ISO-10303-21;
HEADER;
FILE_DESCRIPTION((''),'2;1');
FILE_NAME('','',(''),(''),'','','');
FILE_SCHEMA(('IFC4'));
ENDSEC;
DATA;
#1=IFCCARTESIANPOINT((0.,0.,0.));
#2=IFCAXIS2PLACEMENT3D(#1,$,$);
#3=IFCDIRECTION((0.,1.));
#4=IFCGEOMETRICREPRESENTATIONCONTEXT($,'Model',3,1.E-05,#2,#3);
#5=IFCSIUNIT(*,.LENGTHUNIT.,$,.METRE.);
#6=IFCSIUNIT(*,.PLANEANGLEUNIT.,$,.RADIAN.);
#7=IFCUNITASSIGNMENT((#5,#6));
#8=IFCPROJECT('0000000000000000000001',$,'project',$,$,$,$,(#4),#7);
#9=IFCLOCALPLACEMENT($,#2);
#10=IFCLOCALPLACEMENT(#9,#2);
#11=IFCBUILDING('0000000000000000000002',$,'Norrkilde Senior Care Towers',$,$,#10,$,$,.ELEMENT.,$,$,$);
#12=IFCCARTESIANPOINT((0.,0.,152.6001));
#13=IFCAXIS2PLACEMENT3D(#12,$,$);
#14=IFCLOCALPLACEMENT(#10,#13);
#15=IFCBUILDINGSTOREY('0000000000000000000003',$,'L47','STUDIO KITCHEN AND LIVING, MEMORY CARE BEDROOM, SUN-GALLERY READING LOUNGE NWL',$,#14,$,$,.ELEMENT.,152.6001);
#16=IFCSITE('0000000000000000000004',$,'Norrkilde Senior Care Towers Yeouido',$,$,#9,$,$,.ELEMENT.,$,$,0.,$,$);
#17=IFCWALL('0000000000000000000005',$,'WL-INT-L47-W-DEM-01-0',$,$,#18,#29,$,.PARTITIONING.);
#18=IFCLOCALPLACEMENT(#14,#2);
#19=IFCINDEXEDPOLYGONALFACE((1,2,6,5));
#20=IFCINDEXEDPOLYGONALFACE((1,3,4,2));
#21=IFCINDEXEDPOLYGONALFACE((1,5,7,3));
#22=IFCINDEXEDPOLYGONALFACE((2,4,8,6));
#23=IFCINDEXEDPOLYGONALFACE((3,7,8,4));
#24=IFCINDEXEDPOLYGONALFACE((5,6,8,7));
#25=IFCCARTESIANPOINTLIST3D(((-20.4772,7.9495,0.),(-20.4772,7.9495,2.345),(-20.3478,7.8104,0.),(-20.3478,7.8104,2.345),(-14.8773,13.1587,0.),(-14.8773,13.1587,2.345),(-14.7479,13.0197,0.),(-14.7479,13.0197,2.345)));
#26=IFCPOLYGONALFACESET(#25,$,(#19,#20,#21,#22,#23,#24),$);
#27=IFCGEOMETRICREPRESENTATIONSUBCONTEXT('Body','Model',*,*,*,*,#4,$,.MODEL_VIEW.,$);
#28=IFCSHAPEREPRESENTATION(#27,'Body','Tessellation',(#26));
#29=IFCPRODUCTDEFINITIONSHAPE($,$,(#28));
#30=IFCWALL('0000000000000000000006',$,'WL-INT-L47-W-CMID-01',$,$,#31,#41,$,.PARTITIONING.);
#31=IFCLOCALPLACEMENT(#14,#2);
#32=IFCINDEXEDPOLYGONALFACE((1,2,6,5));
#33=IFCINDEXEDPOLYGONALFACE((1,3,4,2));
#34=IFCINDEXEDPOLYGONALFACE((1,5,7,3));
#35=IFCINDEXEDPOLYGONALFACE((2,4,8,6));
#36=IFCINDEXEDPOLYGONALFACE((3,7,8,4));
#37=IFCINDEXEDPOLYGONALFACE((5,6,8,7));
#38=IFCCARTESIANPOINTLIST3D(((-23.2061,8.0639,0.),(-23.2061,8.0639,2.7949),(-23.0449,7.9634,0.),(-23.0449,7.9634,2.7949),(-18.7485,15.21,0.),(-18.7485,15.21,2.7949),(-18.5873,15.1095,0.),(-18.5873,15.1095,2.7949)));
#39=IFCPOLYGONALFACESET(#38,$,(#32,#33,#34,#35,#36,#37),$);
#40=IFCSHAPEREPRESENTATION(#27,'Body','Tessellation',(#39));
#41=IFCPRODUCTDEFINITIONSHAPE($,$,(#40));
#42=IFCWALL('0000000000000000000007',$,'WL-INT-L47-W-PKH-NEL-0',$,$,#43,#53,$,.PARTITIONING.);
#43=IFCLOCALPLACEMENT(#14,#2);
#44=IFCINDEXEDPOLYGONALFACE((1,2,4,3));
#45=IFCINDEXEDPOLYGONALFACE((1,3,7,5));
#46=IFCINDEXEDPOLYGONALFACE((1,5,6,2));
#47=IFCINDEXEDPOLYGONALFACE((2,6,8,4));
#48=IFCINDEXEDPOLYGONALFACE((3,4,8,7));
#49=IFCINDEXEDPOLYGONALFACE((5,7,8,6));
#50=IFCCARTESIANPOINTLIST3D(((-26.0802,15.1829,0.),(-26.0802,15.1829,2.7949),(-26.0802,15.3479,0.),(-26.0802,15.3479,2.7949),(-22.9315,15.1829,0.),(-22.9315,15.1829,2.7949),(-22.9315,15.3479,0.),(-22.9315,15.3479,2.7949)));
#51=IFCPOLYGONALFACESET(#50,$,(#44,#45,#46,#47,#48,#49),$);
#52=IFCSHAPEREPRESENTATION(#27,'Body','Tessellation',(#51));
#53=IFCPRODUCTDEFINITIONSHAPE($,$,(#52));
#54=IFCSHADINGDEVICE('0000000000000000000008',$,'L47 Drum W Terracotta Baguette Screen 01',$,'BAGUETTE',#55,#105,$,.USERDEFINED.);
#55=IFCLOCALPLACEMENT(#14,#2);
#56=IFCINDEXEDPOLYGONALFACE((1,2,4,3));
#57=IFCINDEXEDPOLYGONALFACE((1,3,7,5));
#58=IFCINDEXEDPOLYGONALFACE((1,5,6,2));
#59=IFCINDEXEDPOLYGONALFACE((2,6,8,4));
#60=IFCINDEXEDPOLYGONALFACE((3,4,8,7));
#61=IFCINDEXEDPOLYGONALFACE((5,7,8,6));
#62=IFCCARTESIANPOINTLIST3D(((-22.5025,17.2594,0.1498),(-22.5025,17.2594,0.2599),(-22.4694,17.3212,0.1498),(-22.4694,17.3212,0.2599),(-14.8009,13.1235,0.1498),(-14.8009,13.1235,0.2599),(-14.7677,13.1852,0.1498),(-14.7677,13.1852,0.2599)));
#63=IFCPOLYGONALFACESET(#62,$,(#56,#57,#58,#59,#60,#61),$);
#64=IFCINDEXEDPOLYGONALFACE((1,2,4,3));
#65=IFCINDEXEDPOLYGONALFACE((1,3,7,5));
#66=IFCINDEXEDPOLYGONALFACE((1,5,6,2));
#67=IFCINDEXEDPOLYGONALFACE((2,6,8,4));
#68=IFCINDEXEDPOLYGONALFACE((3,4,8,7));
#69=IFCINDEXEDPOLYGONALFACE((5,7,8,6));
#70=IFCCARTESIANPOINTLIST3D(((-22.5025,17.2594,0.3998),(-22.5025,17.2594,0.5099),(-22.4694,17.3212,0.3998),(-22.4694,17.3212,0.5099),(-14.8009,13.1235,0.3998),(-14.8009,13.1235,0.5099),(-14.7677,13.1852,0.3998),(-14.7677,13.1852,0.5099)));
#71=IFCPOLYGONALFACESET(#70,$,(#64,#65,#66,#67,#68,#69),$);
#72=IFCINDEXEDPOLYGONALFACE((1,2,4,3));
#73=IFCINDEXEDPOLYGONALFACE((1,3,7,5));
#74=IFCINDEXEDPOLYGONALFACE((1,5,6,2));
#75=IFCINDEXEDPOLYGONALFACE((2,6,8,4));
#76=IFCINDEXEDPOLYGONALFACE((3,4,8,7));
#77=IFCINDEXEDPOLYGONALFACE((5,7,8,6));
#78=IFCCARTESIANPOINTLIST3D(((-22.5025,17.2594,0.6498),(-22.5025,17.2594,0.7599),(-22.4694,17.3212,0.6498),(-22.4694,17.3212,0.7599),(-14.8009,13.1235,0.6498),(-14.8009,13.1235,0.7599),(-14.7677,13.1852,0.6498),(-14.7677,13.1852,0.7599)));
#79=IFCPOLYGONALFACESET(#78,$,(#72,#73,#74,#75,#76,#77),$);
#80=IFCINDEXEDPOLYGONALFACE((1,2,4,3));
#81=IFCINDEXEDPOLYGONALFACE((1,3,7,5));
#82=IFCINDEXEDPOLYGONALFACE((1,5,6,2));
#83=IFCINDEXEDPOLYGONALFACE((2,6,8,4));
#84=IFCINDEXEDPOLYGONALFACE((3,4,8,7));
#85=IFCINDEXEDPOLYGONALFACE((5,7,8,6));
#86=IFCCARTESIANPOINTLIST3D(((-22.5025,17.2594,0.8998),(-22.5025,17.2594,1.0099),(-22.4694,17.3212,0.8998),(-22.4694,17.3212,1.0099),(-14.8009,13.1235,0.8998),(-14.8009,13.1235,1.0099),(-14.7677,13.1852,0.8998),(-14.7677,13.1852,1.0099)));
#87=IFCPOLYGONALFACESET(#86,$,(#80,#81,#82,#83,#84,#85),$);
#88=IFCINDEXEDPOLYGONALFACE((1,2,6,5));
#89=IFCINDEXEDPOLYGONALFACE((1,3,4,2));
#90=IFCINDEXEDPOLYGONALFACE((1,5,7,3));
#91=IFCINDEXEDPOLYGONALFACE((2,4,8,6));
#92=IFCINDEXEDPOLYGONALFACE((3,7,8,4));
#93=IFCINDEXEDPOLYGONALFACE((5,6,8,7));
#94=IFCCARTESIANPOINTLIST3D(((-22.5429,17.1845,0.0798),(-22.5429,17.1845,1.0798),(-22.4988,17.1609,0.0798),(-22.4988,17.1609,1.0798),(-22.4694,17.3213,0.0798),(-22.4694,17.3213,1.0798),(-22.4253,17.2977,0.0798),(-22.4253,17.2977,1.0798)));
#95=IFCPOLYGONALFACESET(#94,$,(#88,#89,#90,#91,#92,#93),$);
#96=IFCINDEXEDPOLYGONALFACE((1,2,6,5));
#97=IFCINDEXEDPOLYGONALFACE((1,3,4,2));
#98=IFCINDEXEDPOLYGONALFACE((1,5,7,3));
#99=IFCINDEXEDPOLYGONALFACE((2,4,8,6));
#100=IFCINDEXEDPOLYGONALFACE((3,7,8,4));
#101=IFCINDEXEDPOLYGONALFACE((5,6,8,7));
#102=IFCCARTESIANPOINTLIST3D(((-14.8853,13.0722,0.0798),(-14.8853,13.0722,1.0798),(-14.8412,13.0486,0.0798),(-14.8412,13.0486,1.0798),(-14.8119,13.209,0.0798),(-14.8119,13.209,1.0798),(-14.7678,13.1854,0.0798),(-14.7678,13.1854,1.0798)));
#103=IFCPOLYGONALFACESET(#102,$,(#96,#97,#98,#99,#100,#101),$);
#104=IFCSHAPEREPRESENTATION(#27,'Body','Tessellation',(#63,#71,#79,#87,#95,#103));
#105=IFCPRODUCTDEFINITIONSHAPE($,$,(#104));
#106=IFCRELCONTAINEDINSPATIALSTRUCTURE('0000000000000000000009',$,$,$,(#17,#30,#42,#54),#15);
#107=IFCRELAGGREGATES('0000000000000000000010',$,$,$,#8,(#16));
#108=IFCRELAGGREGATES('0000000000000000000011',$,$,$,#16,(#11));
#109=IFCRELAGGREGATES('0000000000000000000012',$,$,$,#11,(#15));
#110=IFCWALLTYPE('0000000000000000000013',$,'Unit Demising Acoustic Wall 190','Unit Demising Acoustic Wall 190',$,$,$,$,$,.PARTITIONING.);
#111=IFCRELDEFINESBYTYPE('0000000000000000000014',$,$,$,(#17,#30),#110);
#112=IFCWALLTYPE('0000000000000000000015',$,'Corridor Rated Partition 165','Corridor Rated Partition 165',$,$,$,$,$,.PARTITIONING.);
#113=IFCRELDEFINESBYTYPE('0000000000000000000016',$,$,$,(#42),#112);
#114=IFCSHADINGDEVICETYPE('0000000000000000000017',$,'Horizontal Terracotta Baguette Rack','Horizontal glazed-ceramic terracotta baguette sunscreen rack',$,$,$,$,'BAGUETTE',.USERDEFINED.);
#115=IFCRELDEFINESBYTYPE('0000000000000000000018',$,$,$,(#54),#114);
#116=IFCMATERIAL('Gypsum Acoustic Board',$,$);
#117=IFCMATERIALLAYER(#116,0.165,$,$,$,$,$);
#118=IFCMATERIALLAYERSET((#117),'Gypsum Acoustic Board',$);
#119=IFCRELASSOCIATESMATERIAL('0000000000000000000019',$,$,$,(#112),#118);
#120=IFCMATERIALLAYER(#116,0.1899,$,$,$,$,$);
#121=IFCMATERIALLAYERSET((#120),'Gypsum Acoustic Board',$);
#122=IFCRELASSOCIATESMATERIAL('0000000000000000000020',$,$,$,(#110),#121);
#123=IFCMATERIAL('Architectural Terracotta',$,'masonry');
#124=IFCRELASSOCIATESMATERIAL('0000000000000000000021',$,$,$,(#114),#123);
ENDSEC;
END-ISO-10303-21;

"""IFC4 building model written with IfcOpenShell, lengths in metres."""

from ifc_helpers import new_model, si_unit, direction, frame, frame_2d, origin, origin_2d, place, context, subcontext, project, spatial, rectangle, extrude, source, transform, mapped, material, layer, layer_set, type_object, type_shapes, element, save


model = new_model("IFC4")

# Units and contexts
model_context = context("Model", 3, precision=1e-05, world=origin(), true_north=direction((0.0, 1.0)))
body_context = subcontext(model_context, "Body", "Model", "MODEL_VIEW")
ifc_project = project(units=[si_unit("LENGTHUNIT", "METRE"), si_unit("PLANEANGLEUNIT", "RADIAN")], contexts=[model_context])

# Site, building, storey
site_placement = place(None, origin())
site = spatial("IfcSite", under=ifc_project, at=site_placement, Name="Norrkilde Senior Care Towers Yeouido", CompositionType="ELEMENT", RefElevation=0.0)
building_placement = place(site_placement, origin())
building = spatial("IfcBuilding", under=site, at=building_placement, Name="Norrkilde Senior Care Towers", CompositionType="ELEMENT")
storey_placement = place(building_placement, frame((0.0, 0.0, 152.6001)))
storey = spatial("IfcBuildingStorey", under=building, at=storey_placement, Name="L47", Description="STUDIO KITCHEN AND LIVING, MEMORY CARE BEDROOM, SUN-GALLERY READING LOUNGE NWL", CompositionType="ELEMENT", Elevation=152.6001)

# Walls
ifc_material_1 = material(Name="Gypsum Acoustic Board")
ifc_layer_1 = layer(ifc_material_1, 0.165)
ifc_layer_set_1 = layer_set([ifc_layer_1], Name="Gypsum Acoustic Board")
wall_type_1 = type_object("IfcWallType", Name="Corridor Rated Partition 165", Description="Corridor Rated Partition 165", PredefinedType="PARTITIONING", material=ifc_layer_set_1)
ifc_layer_2 = layer(ifc_material_1, 0.1899)
ifc_layer_set_2 = layer_set([ifc_layer_2], Name="Gypsum Acoustic Board")
wall_type_2 = type_object("IfcWallType", Name="Unit Demising Acoustic Wall 190", Description="Unit Demising Acoustic Wall 190", PredefinedType="PARTITIONING", material=ifc_layer_set_2)
shared_shape_1 = source(origin(), body_context, "Body", "SweptSolid", [
    extrude(rectangle(XDim=7.6482, YDim=0.1899, at=frame_2d((3.8242, 0.0))), origin(), (0.0, 0.0, 1.0), 2.345),
])
wall_1_placement = place(storey_placement, frame((-20.4126, 7.8799, 0.0), z_axis=(0.0, 0.0, 1.0), x_axis=(0.732183, 0.681108, 0.0)))
element("IfcWall", 1, at=wall_1_placement, inside=storey, type_object=wall_type_2, Name="WL-INT-L47-W-DEM-01-0", PredefinedType="PARTITIONING", context=body_context, shape_type="MappedRepresentation", body=[
    mapped(shared_shape_1, transform((0.0, 0.0, 0.0), x_axis=(1.0, 0.0, 0.0), y_axis=(0.0, 1.0, 0.0), z_axis=(0.0, 0.0, 1.0), scale=1.0)),
])
shared_shape_2 = source(origin(), body_context, "Body", "SweptSolid", [
    extrude(rectangle(XDim=8.4224, YDim=0.1899, at=frame_2d((4.2112, 0.0))), origin(), (0.0, 0.0, 1.0), 2.7949),
])
type_shapes(wall_type_2, [shared_shape_1, shared_shape_2])
wall_2_placement = place(storey_placement, frame((-23.1255, 8.0137, 0.0), z_axis=(0.0, 0.0, 1.0), x_axis=(0.529254, 0.848464, 0.0)))
element("IfcWall", 2, at=wall_2_placement, inside=storey, type_object=wall_type_2, Name="WL-INT-L47-W-CMID-01", PredefinedType="PARTITIONING", context=body_context, shape_type="MappedRepresentation", body=[
    mapped(shared_shape_2, transform((0.0, 0.0, 0.0), x_axis=(1.0, 0.0, 0.0), y_axis=(0.0, 1.0, 0.0), z_axis=(0.0, 0.0, 1.0), scale=1.0)),
])
shared_shape_3 = source(origin(), body_context, "Body", "SweptSolid", [
    extrude(rectangle(XDim=3.1487, YDim=0.165, at=frame_2d((1.5742, 0.0))), origin(), (0.0, 0.0, 1.0), 2.7949),
])
wall_3_placement = place(storey_placement, frame((-26.0801, 15.2654, 0.0), z_axis=(0.0, 0.0, 1.0), x_axis=(1.0, 0.0, 0.0)))
element("IfcWall", 3, at=wall_3_placement, inside=storey, type_object=wall_type_1, Name="WL-INT-L47-W-PKH-NEL-0", PredefinedType="PARTITIONING", context=body_context, shape_type="MappedRepresentation", body=[
    mapped(shared_shape_3, transform((0.0, 0.0, 0.0), x_axis=(1.0, 0.0, 0.0), y_axis=(0.0, 1.0, 0.0), z_axis=(0.0, 0.0, 1.0), scale=1.0)),
])

# Shading device
ifc_material_2 = material(Name="Architectural Terracotta", Category="masonry")
shading_device_type = type_object("IfcShadingDeviceType", Name="Horizontal Terracotta Baguette Rack", Description="Horizontal glazed-ceramic terracotta baguette sunscreen rack", ElementType="BAGUETTE", PredefinedType="USERDEFINED", material=ifc_material_2)
shared_shape_4 = source(origin(), body_context, "Body", "SweptSolid", [
    extrude(rectangle(XDim=0.0701, YDim=0.1101, at=origin_2d()), frame((0.0, 0.0901, 0.125), z_axis=(1.0, 0.0, 0.0), x_axis=(0.0, 1.0, 0.0)), (0.0, 0.0, 1.0), 8.7419),
    extrude(rectangle(XDim=0.0701, YDim=0.1101, at=origin_2d()), frame((0.0, 0.0901, 0.375), z_axis=(1.0, 0.0, 0.0), x_axis=(0.0, 1.0, 0.0)), (0.0, 0.0, 1.0), 8.7419),
    extrude(rectangle(XDim=0.0701, YDim=0.1101, at=origin_2d()), frame((0.0, 0.0901, 0.625), z_axis=(1.0, 0.0, 0.0), x_axis=(0.0, 1.0, 0.0)), (0.0, 0.0, 1.0), 8.7419),
    extrude(rectangle(XDim=0.0701, YDim=0.1101, at=origin_2d()), frame((0.0, 0.0901, 0.875), z_axis=(1.0, 0.0, 0.0), x_axis=(0.0, 1.0, 0.0)), (0.0, 0.0, 1.0), 8.7419),
    extrude(rectangle(XDim=0.05, YDim=0.1553, at=origin_2d()), frame((0.0249, 0.0476, 0.0)), (0.0, 0.0, 1.0), 1.0),
    extrude(rectangle(XDim=0.05, YDim=0.1553, at=origin_2d()), frame((8.7168, 0.0476, 0.0)), (0.0, 0.0, 1.0), 1.0),
])
type_shapes(shading_device_type, [shared_shape_4])
shading_device_placement = place(storey_placement, frame((-22.5286, 17.2109, 0.0798), z_axis=(0.0, 0.0, 1.0), x_axis=(0.881001, -0.47312, 0.0)))
element("IfcShadingDevice", 4, at=shading_device_placement, inside=storey, type_object=shading_device_type, Name="L47 Drum W Terracotta Baguette Screen 01", ObjectType="BAGUETTE", PredefinedType="USERDEFINED", context=body_context, shape_type="MappedRepresentation", body=[
    mapped(shared_shape_4, transform((0.0, 0.0, 0.0), x_axis=(1.0, 0.0, 0.0), y_axis=(0.0, 1.0, 0.0), z_axis=(0.0, 0.0, 1.0), scale=1.0)),
])

save(model, "model.ifc")
